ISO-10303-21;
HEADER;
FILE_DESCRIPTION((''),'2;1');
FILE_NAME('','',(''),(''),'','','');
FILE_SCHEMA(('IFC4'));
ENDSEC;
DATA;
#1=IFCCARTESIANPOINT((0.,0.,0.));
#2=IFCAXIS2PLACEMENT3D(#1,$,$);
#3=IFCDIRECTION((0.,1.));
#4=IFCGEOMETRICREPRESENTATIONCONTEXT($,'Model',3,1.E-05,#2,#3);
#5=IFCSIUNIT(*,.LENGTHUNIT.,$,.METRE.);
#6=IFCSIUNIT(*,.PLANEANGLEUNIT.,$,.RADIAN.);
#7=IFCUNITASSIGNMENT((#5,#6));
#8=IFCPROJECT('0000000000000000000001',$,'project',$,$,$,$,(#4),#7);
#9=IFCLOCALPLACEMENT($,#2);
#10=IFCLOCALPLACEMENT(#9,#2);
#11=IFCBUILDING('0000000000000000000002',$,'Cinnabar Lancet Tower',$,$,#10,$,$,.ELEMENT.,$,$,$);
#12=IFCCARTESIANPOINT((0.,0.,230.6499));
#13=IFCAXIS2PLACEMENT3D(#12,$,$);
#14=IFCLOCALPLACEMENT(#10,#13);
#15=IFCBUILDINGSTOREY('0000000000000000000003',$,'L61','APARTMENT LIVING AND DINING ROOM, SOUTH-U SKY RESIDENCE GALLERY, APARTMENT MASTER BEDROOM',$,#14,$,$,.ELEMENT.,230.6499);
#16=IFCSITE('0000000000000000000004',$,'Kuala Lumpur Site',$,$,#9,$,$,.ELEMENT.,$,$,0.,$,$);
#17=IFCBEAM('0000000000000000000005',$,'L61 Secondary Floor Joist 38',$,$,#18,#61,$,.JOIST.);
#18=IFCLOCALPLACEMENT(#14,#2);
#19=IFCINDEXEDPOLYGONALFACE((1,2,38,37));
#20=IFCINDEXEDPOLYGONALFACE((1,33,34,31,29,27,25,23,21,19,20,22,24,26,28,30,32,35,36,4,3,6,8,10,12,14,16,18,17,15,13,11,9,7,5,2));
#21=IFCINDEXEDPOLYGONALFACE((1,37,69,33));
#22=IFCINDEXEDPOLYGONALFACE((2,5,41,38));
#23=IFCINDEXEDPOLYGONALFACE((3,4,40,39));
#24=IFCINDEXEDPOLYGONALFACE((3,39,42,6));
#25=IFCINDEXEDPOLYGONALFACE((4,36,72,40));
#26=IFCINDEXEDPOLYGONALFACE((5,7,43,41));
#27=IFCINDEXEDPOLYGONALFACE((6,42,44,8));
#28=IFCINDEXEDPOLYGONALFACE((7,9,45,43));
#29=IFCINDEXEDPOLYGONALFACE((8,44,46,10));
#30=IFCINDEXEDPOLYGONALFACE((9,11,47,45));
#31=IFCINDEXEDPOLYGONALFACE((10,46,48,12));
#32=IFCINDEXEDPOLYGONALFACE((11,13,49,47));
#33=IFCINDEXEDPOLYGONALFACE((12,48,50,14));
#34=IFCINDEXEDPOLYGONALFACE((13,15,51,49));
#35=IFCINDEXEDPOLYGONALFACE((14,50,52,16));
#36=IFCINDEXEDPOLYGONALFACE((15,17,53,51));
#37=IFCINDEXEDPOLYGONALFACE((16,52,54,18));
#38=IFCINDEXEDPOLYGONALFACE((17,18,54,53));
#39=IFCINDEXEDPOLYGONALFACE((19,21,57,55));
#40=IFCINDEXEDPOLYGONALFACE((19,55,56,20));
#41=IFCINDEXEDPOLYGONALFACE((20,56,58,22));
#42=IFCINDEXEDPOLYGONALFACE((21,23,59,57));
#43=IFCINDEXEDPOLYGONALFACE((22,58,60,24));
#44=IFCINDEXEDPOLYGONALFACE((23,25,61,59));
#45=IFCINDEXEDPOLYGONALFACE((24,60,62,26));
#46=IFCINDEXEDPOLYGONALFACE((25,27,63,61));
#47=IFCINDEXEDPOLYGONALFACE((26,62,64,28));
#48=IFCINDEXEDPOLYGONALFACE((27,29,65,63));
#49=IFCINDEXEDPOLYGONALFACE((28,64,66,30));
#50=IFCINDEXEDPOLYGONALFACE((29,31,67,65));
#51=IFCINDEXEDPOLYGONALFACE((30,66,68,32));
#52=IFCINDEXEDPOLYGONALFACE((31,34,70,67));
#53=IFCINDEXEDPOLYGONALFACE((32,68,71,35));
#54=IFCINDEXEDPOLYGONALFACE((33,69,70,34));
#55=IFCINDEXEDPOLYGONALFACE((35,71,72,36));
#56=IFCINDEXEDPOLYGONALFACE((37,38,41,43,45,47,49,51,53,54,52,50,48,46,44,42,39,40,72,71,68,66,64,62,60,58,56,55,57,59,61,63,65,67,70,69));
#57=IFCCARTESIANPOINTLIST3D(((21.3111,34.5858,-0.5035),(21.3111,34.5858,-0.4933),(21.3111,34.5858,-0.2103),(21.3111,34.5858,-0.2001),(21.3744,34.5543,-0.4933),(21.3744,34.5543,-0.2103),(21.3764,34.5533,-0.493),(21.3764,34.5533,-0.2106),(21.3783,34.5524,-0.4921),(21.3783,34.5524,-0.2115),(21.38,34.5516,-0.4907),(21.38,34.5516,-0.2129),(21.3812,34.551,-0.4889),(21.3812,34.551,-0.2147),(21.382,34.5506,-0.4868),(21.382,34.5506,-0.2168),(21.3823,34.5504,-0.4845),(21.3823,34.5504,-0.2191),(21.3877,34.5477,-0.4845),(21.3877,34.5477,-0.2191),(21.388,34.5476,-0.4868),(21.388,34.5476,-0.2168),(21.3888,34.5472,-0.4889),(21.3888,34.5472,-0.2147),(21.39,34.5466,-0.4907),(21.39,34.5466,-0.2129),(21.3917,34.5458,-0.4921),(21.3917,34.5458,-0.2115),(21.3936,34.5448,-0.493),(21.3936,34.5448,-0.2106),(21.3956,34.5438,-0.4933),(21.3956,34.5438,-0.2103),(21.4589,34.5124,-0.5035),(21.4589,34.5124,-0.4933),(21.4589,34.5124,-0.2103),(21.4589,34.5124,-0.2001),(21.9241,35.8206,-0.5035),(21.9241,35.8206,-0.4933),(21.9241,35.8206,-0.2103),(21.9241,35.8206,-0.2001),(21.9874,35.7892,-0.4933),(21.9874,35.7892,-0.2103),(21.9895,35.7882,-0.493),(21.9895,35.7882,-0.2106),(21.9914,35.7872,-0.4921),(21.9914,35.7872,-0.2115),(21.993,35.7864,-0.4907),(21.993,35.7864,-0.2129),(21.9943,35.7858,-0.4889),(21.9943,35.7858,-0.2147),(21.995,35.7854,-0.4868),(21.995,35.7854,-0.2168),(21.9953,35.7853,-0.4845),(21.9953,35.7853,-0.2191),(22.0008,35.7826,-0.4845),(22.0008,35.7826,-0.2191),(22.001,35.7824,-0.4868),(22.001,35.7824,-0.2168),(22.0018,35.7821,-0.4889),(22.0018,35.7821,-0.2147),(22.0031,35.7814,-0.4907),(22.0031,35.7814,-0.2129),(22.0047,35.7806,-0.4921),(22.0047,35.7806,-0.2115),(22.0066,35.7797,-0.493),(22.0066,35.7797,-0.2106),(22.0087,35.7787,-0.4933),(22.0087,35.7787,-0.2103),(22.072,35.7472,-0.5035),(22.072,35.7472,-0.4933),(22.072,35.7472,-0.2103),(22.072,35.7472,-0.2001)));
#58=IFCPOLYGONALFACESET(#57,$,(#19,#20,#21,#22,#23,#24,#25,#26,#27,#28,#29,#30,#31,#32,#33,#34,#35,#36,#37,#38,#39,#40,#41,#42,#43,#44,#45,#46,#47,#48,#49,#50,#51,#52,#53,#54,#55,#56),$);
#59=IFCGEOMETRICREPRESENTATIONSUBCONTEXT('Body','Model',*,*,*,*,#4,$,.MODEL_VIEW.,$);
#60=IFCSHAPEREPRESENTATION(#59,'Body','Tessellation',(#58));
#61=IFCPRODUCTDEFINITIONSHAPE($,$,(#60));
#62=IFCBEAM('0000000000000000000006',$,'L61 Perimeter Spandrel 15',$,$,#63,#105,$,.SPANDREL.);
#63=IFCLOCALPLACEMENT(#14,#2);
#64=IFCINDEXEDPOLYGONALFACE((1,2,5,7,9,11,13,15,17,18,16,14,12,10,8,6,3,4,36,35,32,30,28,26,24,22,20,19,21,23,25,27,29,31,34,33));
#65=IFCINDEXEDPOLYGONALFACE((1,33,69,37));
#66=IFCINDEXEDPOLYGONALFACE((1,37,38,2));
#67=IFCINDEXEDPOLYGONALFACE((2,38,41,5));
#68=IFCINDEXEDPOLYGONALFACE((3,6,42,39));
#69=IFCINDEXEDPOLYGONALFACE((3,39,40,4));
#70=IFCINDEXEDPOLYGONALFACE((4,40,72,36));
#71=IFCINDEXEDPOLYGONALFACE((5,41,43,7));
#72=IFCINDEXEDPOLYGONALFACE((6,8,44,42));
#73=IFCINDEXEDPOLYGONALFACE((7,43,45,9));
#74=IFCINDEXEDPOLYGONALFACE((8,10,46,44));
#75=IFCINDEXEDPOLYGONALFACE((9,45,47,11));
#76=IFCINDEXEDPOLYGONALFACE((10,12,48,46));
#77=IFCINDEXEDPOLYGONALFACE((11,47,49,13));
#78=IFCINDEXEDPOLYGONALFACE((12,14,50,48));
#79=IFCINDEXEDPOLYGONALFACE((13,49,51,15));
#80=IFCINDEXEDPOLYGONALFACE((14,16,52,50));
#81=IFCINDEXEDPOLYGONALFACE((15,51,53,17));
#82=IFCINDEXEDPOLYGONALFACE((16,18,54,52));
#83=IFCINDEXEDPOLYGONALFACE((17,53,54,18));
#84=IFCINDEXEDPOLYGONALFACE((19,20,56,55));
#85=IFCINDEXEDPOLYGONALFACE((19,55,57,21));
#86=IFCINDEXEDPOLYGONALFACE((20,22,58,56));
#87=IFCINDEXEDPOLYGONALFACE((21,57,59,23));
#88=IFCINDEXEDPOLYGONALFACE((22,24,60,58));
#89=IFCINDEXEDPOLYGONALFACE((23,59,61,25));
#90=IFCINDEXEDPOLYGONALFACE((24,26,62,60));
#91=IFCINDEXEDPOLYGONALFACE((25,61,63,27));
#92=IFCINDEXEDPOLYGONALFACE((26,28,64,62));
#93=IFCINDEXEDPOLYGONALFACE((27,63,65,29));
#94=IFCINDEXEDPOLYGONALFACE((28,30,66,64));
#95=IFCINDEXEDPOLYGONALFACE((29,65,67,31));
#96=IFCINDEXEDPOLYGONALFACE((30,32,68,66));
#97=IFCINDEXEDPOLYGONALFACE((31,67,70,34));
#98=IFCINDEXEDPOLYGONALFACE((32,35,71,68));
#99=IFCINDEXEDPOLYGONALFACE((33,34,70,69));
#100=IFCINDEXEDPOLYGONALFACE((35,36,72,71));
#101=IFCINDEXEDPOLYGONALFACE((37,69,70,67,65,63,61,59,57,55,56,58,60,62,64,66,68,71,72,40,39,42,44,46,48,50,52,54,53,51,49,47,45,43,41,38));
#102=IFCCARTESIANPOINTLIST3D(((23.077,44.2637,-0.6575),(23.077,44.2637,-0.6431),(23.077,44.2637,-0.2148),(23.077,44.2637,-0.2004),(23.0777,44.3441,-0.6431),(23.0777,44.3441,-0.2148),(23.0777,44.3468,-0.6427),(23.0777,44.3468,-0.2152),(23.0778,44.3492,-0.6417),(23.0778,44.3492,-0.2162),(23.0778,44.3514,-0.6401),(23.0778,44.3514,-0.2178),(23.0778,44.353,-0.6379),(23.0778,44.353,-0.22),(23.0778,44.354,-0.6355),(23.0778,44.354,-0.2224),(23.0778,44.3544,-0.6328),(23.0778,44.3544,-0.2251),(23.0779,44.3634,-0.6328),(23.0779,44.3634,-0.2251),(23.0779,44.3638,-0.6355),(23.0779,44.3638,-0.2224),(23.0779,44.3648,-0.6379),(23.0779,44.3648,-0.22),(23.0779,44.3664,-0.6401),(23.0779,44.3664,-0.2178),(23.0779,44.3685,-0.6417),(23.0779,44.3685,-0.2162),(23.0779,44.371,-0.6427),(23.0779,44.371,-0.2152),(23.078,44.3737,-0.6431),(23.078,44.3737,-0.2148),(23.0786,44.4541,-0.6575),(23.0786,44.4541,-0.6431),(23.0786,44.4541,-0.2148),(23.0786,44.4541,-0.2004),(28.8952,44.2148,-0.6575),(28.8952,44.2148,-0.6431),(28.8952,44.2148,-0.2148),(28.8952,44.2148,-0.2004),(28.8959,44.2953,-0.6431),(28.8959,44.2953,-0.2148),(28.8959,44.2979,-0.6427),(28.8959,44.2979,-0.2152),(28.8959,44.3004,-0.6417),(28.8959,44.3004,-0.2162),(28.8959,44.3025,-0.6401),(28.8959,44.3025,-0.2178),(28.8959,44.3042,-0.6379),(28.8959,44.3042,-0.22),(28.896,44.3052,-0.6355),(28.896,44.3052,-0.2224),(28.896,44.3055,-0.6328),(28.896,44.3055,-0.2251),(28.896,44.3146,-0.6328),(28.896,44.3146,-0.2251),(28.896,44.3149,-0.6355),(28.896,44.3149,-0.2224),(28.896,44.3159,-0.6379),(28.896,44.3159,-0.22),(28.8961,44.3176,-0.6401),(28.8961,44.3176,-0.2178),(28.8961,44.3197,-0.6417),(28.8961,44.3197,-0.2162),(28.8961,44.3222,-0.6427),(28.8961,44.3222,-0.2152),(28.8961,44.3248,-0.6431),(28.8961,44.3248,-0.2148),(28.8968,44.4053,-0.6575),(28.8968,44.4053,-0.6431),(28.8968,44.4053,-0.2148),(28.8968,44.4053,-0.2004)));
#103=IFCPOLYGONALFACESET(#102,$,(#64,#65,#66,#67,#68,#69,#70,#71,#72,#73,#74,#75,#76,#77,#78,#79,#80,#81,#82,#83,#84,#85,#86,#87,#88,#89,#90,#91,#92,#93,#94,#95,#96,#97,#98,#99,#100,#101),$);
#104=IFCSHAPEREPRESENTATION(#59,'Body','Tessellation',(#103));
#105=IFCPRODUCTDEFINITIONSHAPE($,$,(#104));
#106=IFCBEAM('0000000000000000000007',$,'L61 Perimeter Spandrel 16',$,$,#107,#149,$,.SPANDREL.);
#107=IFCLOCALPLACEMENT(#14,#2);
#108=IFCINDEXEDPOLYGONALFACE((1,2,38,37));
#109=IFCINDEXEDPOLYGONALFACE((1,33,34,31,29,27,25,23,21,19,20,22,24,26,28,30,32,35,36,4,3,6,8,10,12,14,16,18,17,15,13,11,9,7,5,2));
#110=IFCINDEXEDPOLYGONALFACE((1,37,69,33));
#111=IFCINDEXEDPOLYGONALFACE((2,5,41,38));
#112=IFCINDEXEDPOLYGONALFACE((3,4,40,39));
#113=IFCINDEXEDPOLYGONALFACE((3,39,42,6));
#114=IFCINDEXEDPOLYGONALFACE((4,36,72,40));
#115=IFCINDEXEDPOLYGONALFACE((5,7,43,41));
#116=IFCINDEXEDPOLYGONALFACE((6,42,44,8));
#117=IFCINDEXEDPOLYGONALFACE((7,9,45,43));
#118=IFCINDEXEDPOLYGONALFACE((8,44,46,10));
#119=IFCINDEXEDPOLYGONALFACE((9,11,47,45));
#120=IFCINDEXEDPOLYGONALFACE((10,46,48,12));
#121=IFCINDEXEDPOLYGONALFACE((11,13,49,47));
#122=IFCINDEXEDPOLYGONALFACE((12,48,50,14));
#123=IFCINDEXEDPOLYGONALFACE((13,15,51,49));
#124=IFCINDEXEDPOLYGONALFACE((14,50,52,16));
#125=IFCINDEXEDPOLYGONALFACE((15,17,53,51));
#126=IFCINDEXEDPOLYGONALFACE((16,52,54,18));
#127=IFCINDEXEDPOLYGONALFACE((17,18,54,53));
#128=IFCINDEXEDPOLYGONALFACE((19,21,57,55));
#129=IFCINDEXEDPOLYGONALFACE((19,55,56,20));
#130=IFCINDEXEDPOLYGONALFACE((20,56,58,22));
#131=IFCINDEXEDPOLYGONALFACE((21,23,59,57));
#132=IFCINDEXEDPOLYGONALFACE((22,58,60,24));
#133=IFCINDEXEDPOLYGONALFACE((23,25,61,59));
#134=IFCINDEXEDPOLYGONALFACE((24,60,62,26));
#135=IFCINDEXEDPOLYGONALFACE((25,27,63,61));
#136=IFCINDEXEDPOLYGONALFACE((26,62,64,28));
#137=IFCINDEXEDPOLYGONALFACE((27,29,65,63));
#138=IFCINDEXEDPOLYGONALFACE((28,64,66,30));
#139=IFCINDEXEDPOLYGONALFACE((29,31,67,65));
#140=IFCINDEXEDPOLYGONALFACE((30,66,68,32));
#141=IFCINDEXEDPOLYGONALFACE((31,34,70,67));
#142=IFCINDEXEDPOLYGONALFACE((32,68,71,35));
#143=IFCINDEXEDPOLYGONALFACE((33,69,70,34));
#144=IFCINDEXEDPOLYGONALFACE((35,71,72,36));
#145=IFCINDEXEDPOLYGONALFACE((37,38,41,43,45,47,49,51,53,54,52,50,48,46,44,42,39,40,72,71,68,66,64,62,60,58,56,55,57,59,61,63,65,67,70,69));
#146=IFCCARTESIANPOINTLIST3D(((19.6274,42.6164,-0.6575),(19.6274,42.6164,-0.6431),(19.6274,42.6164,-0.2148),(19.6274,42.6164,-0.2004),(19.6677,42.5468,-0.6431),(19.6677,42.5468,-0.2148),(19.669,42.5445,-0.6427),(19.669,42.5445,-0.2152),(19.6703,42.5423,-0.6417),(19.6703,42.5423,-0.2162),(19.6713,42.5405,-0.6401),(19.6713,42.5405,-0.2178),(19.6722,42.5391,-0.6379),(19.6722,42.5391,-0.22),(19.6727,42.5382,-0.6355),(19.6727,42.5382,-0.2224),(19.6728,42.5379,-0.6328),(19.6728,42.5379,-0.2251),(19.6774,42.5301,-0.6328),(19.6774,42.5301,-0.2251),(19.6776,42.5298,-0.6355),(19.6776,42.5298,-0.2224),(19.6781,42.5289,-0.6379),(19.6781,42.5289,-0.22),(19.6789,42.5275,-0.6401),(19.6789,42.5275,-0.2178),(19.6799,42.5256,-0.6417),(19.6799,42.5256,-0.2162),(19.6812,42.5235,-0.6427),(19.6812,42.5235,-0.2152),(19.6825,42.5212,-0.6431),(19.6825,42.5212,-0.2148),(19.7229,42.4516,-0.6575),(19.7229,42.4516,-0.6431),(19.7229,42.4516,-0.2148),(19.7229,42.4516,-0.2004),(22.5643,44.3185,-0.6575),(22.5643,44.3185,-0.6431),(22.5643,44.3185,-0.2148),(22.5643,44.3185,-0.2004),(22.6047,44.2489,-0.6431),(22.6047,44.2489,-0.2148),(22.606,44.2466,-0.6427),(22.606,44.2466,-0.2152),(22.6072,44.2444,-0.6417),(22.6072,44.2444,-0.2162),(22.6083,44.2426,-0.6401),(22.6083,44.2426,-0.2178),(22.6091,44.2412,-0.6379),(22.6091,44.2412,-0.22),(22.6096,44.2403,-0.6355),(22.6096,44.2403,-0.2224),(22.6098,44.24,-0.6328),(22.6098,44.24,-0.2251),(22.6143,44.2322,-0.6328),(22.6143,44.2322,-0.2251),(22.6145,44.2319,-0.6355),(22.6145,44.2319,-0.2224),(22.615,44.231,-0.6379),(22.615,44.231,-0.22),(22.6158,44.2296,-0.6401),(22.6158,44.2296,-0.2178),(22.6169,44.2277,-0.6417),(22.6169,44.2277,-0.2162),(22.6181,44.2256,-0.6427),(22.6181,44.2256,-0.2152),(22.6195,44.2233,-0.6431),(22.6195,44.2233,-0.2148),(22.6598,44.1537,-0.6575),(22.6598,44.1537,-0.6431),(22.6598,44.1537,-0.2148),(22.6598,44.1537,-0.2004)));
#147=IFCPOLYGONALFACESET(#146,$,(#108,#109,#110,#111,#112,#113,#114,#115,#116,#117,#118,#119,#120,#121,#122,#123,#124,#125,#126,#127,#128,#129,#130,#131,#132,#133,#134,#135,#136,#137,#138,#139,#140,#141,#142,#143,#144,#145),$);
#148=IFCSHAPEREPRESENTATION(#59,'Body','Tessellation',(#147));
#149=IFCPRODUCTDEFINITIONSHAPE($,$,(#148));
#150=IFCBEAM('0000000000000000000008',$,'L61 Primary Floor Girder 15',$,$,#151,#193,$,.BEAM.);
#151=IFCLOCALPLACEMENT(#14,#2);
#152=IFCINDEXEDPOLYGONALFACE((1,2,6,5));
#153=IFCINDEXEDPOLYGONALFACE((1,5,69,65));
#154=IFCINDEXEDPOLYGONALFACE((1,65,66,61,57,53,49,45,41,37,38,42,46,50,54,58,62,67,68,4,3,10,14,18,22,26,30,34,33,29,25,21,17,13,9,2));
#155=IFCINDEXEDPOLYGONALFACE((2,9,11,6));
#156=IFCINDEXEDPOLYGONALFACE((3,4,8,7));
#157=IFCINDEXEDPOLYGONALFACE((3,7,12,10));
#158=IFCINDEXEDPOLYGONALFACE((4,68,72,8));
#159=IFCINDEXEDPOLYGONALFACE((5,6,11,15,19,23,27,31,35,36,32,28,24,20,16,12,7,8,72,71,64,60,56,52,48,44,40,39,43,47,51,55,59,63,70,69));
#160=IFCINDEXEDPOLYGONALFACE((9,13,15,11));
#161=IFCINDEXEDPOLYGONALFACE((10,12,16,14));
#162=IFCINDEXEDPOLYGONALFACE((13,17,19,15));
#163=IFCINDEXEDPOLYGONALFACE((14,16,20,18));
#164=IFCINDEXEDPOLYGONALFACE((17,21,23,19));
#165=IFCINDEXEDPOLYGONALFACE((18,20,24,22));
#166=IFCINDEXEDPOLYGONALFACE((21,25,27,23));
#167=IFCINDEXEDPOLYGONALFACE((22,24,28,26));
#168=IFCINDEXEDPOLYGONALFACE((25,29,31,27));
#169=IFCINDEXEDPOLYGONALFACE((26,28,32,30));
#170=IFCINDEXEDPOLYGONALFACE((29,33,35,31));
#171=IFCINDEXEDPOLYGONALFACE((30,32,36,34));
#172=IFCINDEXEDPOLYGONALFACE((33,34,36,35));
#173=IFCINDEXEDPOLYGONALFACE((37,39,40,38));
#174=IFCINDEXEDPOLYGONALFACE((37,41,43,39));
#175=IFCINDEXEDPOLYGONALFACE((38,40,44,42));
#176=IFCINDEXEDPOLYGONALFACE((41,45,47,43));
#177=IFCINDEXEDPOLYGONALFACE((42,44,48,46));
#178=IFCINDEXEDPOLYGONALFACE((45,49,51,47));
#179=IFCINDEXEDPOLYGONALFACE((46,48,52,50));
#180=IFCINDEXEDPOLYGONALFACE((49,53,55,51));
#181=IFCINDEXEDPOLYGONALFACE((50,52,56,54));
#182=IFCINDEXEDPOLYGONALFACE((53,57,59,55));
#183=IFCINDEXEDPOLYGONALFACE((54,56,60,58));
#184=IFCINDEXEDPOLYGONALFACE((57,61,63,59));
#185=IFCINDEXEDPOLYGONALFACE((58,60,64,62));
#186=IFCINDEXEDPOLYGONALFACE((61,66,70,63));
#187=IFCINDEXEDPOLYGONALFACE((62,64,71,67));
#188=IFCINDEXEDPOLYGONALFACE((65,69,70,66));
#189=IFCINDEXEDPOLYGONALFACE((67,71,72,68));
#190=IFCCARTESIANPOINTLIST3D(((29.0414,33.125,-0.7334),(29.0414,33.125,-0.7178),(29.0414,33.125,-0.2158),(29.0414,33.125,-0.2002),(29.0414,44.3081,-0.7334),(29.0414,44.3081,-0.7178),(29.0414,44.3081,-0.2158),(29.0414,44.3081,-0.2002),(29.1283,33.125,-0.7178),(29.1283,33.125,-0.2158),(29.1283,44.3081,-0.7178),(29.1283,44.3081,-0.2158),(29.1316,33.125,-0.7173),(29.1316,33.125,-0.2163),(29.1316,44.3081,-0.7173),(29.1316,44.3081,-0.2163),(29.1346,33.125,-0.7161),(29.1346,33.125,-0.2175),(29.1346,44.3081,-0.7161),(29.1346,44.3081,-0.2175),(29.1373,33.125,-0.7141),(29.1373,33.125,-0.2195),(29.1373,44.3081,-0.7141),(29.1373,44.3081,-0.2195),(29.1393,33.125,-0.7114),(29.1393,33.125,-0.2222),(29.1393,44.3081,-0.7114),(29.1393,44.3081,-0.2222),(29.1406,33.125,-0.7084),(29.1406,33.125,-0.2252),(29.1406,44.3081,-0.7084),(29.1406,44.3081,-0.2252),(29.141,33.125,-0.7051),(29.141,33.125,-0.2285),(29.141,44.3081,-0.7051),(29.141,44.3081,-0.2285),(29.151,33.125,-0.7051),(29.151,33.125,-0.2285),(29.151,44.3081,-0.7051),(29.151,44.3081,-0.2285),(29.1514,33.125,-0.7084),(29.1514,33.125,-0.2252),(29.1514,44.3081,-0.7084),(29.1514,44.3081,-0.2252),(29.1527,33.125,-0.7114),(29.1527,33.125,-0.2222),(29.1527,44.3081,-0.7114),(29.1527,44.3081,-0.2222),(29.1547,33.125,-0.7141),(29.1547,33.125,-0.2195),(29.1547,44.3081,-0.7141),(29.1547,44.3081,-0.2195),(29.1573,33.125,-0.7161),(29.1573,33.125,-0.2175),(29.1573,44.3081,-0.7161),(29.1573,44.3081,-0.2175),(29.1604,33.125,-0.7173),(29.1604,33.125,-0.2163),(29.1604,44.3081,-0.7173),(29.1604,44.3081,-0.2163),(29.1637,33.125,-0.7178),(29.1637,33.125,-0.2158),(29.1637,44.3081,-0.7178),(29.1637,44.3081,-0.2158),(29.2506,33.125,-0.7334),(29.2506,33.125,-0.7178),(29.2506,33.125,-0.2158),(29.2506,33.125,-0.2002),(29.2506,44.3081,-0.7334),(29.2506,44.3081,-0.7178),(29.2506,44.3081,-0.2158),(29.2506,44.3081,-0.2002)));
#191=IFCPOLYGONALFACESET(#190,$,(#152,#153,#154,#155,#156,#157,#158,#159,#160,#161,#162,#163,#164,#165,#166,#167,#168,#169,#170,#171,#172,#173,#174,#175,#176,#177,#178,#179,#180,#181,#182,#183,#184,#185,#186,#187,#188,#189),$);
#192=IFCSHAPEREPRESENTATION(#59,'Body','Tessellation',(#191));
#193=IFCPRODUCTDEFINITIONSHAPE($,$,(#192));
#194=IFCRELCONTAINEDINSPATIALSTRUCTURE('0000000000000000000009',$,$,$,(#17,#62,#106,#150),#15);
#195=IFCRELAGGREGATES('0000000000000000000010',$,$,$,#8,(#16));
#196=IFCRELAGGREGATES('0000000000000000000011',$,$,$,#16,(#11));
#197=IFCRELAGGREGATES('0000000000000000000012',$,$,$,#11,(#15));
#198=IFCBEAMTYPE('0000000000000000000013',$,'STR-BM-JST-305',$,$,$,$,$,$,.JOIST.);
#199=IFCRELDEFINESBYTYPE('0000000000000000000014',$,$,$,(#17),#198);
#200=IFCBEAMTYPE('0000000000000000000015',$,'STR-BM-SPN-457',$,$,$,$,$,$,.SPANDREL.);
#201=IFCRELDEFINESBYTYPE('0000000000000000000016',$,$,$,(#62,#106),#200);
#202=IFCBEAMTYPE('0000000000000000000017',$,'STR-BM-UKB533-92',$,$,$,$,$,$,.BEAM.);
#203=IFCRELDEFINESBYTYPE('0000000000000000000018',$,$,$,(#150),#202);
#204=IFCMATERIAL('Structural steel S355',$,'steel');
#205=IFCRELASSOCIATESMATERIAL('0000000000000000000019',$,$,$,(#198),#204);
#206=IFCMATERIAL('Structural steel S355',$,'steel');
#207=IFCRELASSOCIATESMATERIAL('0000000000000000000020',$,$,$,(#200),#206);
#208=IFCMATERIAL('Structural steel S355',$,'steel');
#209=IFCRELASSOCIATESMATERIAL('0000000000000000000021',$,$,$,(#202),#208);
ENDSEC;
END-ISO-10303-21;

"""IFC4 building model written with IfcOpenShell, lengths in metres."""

from ifc_helpers import new_model, si_unit, direction, frame, origin, origin_2d, place, context, subcontext, project, spatial, i_section, extrude, material, material_profile, profile_set, type_object, element, save


model = new_model("IFC4")

# Units and contexts
model_context = context("Model", 3, precision=1e-05, world=origin(), true_north=direction((0.0, 1.0)))
body_context = subcontext(model_context, "Body", "Model", "MODEL_VIEW")
ifc_project = project(units=[si_unit("LENGTHUNIT", "METRE"), si_unit("PLANEANGLEUNIT", "RADIAN")], contexts=[model_context])

# Site, building, storey
site_placement = place(None, origin())
site = spatial("IfcSite", under=ifc_project, at=site_placement, Name="Kuala Lumpur Site", CompositionType="ELEMENT", RefElevation=0.0)
building_placement = place(site_placement, origin())
building = spatial("IfcBuilding", under=site, at=building_placement, Name="Cinnabar Lancet Tower", CompositionType="ELEMENT")
storey_placement = place(building_placement, frame((0.0, 0.0, 230.6499)))
storey = spatial("IfcBuildingStorey", under=building, at=storey_placement, Name="L61", Description="APARTMENT LIVING AND DINING ROOM, SOUTH-U SKY RESIDENCE GALLERY, APARTMENT MASTER BEDROOM", CompositionType="ELEMENT", Elevation=230.6499)

# Beams
ifc_material_1 = material(Name="Structural steel S355", Category="steel")
ifc_material_profile_1 = material_profile(ifc_material_1, i_section(OverallWidth=0.165, OverallDepth=0.3035, WebThickness=0.0061, FlangeThickness=0.0103, FilletRadius=0.0088, at=origin_2d()), Name="UKB 305x165x40")
ifc_profile_set_1 = profile_set([ifc_material_profile_1], Name="Structural steel S355")
beam_type_1 = type_object("IfcBeamType", Name="STR-BM-JST-305", PredefinedType="JOIST", material=ifc_profile_set_1)
beam_1_placement = place(storey_placement, frame((21.998, 35.7839, -0.3518), z_axis=(-0.444662, -0.895699, 0.0), x_axis=(0.895699, -0.444662, 0.0)))
element("IfcBeam", 1, at=beam_1_placement, inside=storey, type_object=beam_type_1, Name="L61 Secondary Floor Joist 38", PredefinedType="JOIST", context=body_context, shape_type="SweptSolid", body=[
    extrude(i_section(OverallWidth=0.165, OverallDepth=0.3035, WebThickness=0.0061, FlangeThickness=0.0103, FilletRadius=0.0088, at=origin_2d()), origin(), (0.0, 0.0, 1.0), 1.3787),
])
ifc_material_2 = material(Name="Structural steel S355", Category="steel")
ifc_material_profile_2 = material_profile(ifc_material_2, i_section(OverallWidth=0.1904, OverallDepth=0.457, WebThickness=0.009, FlangeThickness=0.0144, FilletRadius=0.0103, at=origin_2d()), Name="UKB 457x191x74")
ifc_profile_set_2 = profile_set([ifc_material_profile_2], Name="Structural steel S355")
beam_type_2 = type_object("IfcBeamType", Name="STR-BM-SPN-457", PredefinedType="SPANDREL", material=ifc_profile_set_2)
beam_2_placement = place(storey_placement, frame((28.896, 44.3101, -0.429), z_axis=(-0.999965, 0.008392, 0.0), x_axis=(-0.008392, -0.999965, 0.0)))
element("IfcBeam", 2, at=beam_2_placement, inside=storey, type_object=beam_type_2, Name="L61 Perimeter Spandrel 15", PredefinedType="SPANDREL", context=body_context, shape_type="SweptSolid", body=[
    extrude(i_section(OverallWidth=0.1904, OverallDepth=0.457, WebThickness=0.009, FlangeThickness=0.0144, FilletRadius=0.0103, at=origin_2d()), origin(), (0.0, 0.0, 1.0), 5.8184),
])
beam_3_placement = place(storey_placement, frame((22.6121, 44.2361, -0.429), z_axis=(-0.8652, -0.501427, 0.0), x_axis=(0.501427, -0.8652, 0.0)))
element("IfcBeam", 3, at=beam_3_placement, inside=storey, type_object=beam_type_2, Name="L61 Perimeter Spandrel 16", PredefinedType="SPANDREL", context=body_context, shape_type="SweptSolid", body=[
    extrude(i_section(OverallWidth=0.1904, OverallDepth=0.457, WebThickness=0.009, FlangeThickness=0.0144, FilletRadius=0.0103, at=origin_2d()), origin(), (0.0, 0.0, 1.0), 3.3945),
])
ifc_material_3 = material(Name="Structural steel S355", Category="steel")
ifc_material_profile_3 = material_profile(ifc_material_3, i_section(OverallWidth=0.2092, OverallDepth=0.5332, WebThickness=0.01, FlangeThickness=0.0156, FilletRadius=0.0127, at=origin_2d()), Name="UKB 533x210x92")
ifc_profile_set_3 = profile_set([ifc_material_profile_3], Name="Structural steel S355")
beam_type_3 = type_object("IfcBeamType", Name="STR-BM-UKB533-92", PredefinedType="BEAM", material=ifc_profile_set_3)
beam_4_placement = place(storey_placement, frame((29.146, 44.3081, -0.4668), z_axis=(0.0, -1.0, 0.0), x_axis=(1.0, 0.0, 0.0)))
element("IfcBeam", 4, at=beam_4_placement, inside=storey, type_object=beam_type_3, Name="L61 Primary Floor Girder 15", PredefinedType="BEAM", context=body_context, shape_type="SweptSolid", body=[
    extrude(i_section(OverallWidth=0.2092, OverallDepth=0.5332, WebThickness=0.01, FlangeThickness=0.0156, FilletRadius=0.0127, at=origin_2d()), origin(), (0.0, 0.0, 1.0), 11.1831),
])

save(model, "model.ifc")
